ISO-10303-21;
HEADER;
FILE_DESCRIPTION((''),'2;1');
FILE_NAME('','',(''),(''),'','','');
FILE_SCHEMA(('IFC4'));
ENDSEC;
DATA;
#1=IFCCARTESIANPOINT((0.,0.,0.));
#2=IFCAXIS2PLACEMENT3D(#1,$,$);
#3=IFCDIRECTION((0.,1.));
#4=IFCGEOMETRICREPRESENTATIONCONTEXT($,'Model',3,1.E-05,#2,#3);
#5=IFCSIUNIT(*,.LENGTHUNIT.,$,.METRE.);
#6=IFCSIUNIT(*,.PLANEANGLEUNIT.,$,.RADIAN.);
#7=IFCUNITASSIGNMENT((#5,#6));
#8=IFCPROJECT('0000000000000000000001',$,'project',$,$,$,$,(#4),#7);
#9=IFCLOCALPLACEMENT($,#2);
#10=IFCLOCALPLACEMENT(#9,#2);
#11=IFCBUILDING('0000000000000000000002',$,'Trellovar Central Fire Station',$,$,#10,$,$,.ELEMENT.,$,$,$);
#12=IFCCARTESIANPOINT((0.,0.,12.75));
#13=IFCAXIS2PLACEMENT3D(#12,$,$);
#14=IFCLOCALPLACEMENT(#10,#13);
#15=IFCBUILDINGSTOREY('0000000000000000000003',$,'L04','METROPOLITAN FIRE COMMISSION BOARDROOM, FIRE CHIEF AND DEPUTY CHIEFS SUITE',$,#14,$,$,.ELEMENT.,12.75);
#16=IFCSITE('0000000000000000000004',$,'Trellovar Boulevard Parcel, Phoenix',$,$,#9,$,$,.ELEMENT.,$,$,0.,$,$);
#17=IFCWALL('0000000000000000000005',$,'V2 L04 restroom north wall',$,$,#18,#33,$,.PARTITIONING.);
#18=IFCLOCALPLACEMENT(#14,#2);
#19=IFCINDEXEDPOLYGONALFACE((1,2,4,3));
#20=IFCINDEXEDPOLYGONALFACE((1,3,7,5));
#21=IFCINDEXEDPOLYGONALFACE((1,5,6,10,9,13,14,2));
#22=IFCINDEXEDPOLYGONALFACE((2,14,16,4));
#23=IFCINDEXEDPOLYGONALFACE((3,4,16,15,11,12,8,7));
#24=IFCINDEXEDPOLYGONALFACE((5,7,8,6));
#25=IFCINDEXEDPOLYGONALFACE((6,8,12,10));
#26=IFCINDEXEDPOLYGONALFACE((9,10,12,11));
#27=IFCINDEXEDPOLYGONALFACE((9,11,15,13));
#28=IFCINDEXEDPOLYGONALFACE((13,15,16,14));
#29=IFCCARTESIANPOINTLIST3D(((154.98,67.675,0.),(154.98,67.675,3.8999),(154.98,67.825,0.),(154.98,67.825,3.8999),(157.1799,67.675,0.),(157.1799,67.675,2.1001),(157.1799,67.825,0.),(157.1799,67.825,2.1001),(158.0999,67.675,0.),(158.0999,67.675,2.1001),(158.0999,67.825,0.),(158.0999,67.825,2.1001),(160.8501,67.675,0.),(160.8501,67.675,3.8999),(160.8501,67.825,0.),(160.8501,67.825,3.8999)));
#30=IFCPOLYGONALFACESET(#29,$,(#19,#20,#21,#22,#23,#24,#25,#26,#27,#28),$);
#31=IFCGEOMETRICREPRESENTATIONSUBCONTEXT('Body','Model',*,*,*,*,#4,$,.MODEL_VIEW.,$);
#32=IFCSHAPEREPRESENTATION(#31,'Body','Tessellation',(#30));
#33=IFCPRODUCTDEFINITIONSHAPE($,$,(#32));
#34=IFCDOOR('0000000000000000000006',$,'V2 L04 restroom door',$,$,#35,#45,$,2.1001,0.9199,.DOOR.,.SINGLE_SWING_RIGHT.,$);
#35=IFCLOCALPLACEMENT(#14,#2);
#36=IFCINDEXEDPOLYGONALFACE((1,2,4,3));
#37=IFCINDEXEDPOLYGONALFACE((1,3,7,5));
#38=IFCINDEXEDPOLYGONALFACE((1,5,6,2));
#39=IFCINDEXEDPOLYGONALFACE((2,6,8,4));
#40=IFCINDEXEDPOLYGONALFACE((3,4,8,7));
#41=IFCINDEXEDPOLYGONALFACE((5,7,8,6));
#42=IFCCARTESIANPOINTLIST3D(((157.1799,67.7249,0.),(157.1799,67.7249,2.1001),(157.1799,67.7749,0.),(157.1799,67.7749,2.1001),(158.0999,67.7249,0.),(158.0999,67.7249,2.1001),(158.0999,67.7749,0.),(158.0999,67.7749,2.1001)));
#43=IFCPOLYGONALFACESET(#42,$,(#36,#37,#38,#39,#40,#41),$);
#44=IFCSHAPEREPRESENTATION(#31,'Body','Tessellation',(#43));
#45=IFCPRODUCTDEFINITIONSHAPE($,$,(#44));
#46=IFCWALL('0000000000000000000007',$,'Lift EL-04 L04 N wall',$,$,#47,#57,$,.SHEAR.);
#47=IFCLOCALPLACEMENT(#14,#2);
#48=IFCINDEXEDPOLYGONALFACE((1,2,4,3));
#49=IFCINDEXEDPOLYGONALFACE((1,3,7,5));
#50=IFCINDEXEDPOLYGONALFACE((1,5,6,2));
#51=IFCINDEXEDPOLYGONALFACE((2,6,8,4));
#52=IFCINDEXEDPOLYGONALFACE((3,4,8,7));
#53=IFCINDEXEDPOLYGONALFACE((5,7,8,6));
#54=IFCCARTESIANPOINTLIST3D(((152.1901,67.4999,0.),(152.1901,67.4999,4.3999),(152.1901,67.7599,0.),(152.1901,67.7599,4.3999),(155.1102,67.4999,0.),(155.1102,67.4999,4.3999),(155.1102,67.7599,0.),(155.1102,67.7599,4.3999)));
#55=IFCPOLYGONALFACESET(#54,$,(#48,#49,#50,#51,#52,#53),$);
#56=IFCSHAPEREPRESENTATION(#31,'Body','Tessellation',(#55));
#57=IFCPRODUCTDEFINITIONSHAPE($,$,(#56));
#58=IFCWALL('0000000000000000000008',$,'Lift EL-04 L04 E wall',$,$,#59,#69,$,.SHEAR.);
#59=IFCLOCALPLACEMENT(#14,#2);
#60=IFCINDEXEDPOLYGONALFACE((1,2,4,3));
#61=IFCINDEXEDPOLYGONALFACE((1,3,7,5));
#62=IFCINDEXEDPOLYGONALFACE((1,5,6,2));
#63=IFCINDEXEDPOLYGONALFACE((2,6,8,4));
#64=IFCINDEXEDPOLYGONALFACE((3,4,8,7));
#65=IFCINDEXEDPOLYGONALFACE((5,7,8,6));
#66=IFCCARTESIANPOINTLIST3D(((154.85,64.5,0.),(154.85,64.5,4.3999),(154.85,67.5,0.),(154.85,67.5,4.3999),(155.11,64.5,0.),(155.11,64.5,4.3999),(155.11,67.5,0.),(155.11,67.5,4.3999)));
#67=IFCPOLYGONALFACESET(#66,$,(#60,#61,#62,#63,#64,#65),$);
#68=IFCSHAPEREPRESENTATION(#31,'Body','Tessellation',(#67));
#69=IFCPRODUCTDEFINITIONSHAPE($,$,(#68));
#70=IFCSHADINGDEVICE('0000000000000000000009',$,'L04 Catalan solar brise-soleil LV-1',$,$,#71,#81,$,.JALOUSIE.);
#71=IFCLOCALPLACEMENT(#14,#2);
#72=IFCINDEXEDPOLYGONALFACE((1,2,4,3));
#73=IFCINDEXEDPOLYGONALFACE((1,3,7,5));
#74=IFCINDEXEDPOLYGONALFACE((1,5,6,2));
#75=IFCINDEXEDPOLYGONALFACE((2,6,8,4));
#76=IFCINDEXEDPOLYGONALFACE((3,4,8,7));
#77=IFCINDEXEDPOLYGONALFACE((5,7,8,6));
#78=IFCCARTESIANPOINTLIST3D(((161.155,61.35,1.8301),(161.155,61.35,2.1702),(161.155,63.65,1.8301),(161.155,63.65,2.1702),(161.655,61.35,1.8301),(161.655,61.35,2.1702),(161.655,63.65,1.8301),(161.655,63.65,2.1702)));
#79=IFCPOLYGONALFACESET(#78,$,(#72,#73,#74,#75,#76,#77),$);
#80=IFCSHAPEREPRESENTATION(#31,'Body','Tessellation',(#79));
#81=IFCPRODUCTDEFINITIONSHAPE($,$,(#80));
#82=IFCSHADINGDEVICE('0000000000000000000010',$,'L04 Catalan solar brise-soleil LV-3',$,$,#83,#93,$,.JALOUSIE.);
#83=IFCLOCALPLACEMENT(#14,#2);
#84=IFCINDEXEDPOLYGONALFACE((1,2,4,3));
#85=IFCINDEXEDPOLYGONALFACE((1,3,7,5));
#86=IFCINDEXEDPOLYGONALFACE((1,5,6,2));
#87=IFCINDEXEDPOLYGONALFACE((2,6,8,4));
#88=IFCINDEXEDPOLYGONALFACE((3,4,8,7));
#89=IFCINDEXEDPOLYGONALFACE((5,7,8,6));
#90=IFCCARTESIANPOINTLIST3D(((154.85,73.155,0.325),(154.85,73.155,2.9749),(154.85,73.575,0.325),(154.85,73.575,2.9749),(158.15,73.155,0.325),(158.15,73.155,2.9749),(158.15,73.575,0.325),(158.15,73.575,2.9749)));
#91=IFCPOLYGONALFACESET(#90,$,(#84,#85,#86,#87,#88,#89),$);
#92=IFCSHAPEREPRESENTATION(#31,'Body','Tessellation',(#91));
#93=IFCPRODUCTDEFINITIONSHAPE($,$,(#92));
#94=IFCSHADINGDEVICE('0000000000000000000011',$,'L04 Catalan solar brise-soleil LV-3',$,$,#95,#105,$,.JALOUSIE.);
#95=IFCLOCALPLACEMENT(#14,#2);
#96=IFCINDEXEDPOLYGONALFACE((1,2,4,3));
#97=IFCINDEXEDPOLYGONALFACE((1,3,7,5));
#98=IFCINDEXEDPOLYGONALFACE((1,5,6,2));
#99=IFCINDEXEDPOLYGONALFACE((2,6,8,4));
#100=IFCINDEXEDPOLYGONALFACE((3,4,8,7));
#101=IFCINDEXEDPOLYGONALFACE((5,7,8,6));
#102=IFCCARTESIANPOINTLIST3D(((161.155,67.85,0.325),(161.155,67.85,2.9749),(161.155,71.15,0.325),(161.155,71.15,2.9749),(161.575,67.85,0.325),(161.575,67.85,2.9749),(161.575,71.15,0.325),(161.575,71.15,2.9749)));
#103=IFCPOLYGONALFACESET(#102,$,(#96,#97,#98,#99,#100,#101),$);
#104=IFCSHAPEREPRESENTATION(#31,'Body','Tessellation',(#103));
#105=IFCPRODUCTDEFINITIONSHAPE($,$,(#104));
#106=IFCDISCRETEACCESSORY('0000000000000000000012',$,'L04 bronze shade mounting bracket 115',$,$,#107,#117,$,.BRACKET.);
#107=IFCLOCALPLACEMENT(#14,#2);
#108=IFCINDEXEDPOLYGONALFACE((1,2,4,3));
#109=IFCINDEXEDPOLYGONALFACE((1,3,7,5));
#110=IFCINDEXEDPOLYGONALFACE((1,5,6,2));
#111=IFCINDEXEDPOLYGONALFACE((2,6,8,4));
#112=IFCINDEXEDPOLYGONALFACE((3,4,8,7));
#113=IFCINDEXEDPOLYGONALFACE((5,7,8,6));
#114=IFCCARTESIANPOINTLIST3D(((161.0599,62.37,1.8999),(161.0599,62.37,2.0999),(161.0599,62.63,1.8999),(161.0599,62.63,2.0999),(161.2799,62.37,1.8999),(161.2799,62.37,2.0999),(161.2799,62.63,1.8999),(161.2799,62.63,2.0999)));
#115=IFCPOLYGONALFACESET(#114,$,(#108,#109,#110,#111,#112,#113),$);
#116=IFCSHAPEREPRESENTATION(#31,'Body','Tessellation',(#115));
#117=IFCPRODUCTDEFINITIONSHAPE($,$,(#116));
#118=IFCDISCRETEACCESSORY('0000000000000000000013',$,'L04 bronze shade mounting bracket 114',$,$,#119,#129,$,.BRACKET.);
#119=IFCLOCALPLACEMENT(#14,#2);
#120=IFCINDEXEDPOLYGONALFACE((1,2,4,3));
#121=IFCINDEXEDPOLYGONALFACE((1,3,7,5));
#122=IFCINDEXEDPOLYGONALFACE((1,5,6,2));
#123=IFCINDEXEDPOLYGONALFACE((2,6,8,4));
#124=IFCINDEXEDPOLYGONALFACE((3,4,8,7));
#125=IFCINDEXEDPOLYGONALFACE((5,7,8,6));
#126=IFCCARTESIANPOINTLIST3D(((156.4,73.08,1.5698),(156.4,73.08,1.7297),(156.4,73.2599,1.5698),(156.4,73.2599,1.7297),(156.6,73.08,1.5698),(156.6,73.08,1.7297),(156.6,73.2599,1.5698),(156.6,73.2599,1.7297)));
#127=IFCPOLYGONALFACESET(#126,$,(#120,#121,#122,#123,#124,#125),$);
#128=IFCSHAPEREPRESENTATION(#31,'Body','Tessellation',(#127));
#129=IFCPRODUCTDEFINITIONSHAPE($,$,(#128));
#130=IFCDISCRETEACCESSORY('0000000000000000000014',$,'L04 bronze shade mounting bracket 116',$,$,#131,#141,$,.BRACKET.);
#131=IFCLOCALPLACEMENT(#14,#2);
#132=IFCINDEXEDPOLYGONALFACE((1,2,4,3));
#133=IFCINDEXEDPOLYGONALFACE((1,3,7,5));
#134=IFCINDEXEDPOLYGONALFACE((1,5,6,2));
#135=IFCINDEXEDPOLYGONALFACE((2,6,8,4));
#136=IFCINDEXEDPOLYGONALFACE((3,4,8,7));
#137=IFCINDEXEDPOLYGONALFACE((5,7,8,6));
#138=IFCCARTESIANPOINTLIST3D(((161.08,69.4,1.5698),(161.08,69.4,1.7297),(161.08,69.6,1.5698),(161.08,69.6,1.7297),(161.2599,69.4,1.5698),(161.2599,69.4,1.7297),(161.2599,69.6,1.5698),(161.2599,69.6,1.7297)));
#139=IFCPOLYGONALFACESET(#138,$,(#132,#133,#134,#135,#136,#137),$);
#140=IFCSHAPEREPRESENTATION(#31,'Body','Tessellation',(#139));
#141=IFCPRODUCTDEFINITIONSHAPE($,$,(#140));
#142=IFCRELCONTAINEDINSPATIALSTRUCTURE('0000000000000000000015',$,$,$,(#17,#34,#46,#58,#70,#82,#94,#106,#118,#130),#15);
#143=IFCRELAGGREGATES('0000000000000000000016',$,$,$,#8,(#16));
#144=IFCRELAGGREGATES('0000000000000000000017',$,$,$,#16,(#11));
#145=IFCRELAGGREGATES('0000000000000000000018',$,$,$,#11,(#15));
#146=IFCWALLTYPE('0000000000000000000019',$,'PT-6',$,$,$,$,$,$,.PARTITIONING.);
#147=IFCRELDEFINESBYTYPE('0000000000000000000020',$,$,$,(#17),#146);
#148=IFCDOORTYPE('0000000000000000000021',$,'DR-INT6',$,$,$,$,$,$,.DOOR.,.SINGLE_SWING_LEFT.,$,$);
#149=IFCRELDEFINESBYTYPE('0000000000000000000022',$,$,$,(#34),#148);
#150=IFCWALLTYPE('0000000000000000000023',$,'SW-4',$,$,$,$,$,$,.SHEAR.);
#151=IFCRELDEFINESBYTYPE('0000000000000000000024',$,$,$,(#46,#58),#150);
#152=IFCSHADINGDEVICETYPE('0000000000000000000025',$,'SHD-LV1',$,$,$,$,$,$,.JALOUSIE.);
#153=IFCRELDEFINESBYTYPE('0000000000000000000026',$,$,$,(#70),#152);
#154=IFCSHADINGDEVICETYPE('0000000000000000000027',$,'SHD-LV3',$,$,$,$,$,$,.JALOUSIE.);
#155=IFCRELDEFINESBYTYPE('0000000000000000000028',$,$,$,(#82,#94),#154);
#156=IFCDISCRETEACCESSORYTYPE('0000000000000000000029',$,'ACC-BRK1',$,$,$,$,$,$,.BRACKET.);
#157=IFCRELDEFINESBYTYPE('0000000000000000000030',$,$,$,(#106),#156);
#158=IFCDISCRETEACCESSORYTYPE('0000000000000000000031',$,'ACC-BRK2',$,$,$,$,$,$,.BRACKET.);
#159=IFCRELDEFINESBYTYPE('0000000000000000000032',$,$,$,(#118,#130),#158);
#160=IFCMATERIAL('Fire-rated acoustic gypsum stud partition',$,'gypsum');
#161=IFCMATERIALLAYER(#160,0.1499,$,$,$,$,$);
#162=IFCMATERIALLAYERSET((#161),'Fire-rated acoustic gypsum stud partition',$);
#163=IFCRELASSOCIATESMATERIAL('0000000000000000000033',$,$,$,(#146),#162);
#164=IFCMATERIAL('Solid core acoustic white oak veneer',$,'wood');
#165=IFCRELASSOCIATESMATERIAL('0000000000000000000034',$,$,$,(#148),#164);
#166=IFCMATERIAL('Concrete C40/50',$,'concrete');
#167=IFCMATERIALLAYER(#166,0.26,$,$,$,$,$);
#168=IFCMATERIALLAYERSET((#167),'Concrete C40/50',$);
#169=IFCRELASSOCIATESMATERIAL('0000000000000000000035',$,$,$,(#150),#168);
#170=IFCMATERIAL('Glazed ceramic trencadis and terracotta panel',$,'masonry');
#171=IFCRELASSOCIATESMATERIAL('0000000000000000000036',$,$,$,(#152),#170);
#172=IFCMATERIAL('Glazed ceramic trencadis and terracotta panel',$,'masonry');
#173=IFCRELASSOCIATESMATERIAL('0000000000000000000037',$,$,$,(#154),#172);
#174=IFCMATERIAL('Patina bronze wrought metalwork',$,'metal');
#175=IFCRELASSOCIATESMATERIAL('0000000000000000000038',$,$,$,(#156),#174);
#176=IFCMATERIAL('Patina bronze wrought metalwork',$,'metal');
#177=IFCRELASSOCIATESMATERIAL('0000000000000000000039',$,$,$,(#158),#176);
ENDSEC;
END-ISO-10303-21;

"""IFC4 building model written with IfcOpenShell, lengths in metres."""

from ifc_helpers import new_model, si_unit, direction, frame, frame_2d, origin, origin_2d, place, context, subcontext, project, spatial, rectangle, extrude, material, layer, layer_set, type_object, element, fill, save


model = new_model("IFC4")

# Units and contexts
model_context = context("Model", 3, precision=1e-05, world=origin(), true_north=direction((0.0, 1.0)))
body_context = subcontext(model_context, "Body", "Model", "MODEL_VIEW")
ifc_project = project(units=[si_unit("LENGTHUNIT", "METRE"), si_unit("PLANEANGLEUNIT", "RADIAN")], contexts=[model_context])

# Site, building, storey
site_placement = place(None, origin())
site = spatial("IfcSite", under=ifc_project, at=site_placement, Name="Trellovar Boulevard Parcel, Phoenix", CompositionType="ELEMENT", RefElevation=0.0)
building_placement = place(site_placement, origin())
building = spatial("IfcBuilding", under=site, at=building_placement, Name="Trellovar Central Fire Station", CompositionType="ELEMENT")
storey_placement = place(building_placement, frame((0.0, 0.0, 12.75)))
storey = spatial("IfcBuildingStorey", under=building, at=storey_placement, Name="L04", Description="METROPOLITAN FIRE COMMISSION BOARDROOM, FIRE CHIEF AND DEPUTY CHIEFS SUITE", CompositionType="ELEMENT", Elevation=12.75)

# Shared definitions
ifc_material_1 = material(Name="Fire-rated acoustic gypsum stud partition", Category="gypsum")
ifc_layer_1 = layer(ifc_material_1, 0.1499)
ifc_layer_set_1 = layer_set([ifc_layer_1], Name="Fire-rated acoustic gypsum stud partition")
wall_type_1 = type_object("IfcWallType", Name="PT-6", PredefinedType="PARTITIONING", material=ifc_layer_set_1)

# Wall, opening, door
wall_1_placement = place(storey_placement, frame((154.98, 67.75, 0.0), z_axis=(0.0, 0.0, 1.0), x_axis=(1.0, 0.0, 0.0)))
wall_1 = element("IfcWall", 1, at=wall_1_placement, inside=storey, type_object=wall_type_1, Name="V2 L04 restroom north wall", PredefinedType="PARTITIONING", context=body_context, shape_type="SweptSolid", body=[
    extrude(rectangle(XDim=5.8701, YDim=0.1499, at=frame_2d((2.9351, 0.0))), origin(), (0.0, 0.0, 1.0), 3.8999),
])
opening_1_placement = place(wall_1_placement, frame((2.2, 0.0, 0.0)))
opening_1 = element("IfcOpeningElement", 2, at=opening_1_placement, cuts=wall_1, PredefinedType="OPENING", context=body_context, shape_type="SweptSolid", body=[
    extrude(rectangle(XDim=0.9199, YDim=2.1001, at=frame_2d((0.46, 1.05))), frame((0.0, 0.085, 0.0), z_axis=(0.0, -1.0, 0.0), x_axis=(1.0, 0.0, 0.0)), (0.0, 0.0, 1.0), 0.1699),
])
ifc_material_2 = material(Name="Solid core acoustic white oak veneer", Category="wood")
door_type_1 = type_object("IfcDoorType", Name="DR-INT6", OperationType="SINGLE_SWING_LEFT", PredefinedType="DOOR", material=ifc_material_2)
door_1_placement = place(opening_1_placement, origin())
door_1 = element("IfcDoor", 3, at=door_1_placement, inside=storey, type_object=door_type_1, Name="V2 L04 restroom door", OperationType="SINGLE_SWING_RIGHT", OverallHeight=2.1001, OverallWidth=0.9199, PredefinedType="DOOR", context=body_context, shape_type="SweptSolid", body=[
    extrude(rectangle(XDim=0.9199, YDim=2.1001, at=frame_2d((0.46, 1.05))), frame((0.0, 0.0249, 0.0), z_axis=(0.0, -1.0, 0.0), x_axis=(1.0, 0.0, 0.0)), (0.0, 0.0, 1.0), 0.05),
])
fill(opening_1, door_1)

# Walls
ifc_material_3 = material(Name="Concrete C40/50", Category="concrete")
ifc_layer_2 = layer(ifc_material_3, 0.26)
ifc_layer_set_2 = layer_set([ifc_layer_2], Name="Concrete C40/50")
wall_type_2 = type_object("IfcWallType", Name="SW-4", PredefinedType="SHEAR", material=ifc_layer_set_2)
wall_2_placement = place(storey_placement, frame((155.1101, 67.6299, 0.0), z_axis=(0.0, 0.0, 1.0), x_axis=(-1.0, 0.0, 0.0)))
element("IfcWall", 4, at=wall_2_placement, inside=storey, type_object=wall_type_2, Name="Lift EL-04 L04 N wall", PredefinedType="SHEAR", context=body_context, shape_type="SweptSolid", body=[
    extrude(rectangle(XDim=2.9202, YDim=0.26, at=frame_2d((1.46, 0.0))), origin(), (0.0, 0.0, 1.0), 4.3999),
])
wall_3_placement = place(storey_placement, frame((154.98, 64.5, 0.0), z_axis=(0.0, 0.0, 1.0), x_axis=(0.0, 1.0, 0.0)))
element("IfcWall", 5, at=wall_3_placement, inside=storey, type_object=wall_type_2, Name="Lift EL-04 L04 E wall", PredefinedType="SHEAR", context=body_context, shape_type="SweptSolid", body=[
    extrude(rectangle(XDim=3.0, YDim=0.26, at=frame_2d((1.5, 0.0))), origin(), (0.0, 0.0, 1.0), 4.3999),
])

# Shading devices
ifc_material_4 = material(Name="Glazed ceramic trencadis and terracotta panel", Category="masonry")
shading_device_type_1 = type_object("IfcShadingDeviceType", Name="SHD-LV1", PredefinedType="JALOUSIE", material=ifc_material_4)
shading_device_placement = place(storey_placement, frame((161.405, 62.5, 1.8301), z_axis=(0.0, 0.0, 1.0), x_axis=(0.0, 1.0, 0.0)))
element("IfcShadingDevice", 6, at=shading_device_placement, inside=storey, type_object=shading_device_type_1, Name="L04 Catalan solar brise-soleil LV-1", PredefinedType="JALOUSIE", context=body_context, shape_type="SweptSolid", body=[
    extrude(rectangle(XDim=2.3, YDim=0.5, at=origin_2d()), origin(), (0.0, 0.0, 1.0), 0.3401),
])
ifc_material_5 = material(Name="Glazed ceramic trencadis and terracotta panel", Category="masonry")
shading_device_type_2 = type_object("IfcShadingDeviceType", Name="SHD-LV3", PredefinedType="JALOUSIE", material=ifc_material_5)
for number, where, z_axis, x_axis, name in (
    (7, (156.5, 73.365, 0.325), (0.0, 0.0, 1.0), (1.0, 0.0, 0.0), "L04 Catalan solar brise-soleil LV-3"),
    (8, (161.365, 69.5, 0.325), (0.0, 0.0, 1.0), (0.0, 1.0, 0.0), "L04 Catalan solar brise-soleil LV-3"),
):
    element("IfcShadingDevice", number, at=place(storey_placement, frame(where, z_axis=z_axis, x_axis=x_axis)), inside=storey, type_object=shading_device_type_2, Name=name, PredefinedType="JALOUSIE", context=body_context, shape_type="SweptSolid", body=[
        extrude(rectangle(XDim=3.3, YDim=0.4199, at=origin_2d()), origin(), (0.0, 0.0, 1.0), 2.6499),
    ])

# Discrete accessories
ifc_material_6 = material(Name="Patina bronze wrought metalwork", Category="metal")
discrete_accessory_type_1 = type_object("IfcDiscreteAccessoryType", Name="ACC-BRK1", PredefinedType="BRACKET", material=ifc_material_6)
discrete_accessory_placement = place(storey_placement, frame((161.1699, 62.5, 1.8999), z_axis=(0.0, 0.0, 1.0), x_axis=(0.0, 1.0, 0.0)))
element("IfcDiscreteAccessory", 9, at=discrete_accessory_placement, inside=storey, type_object=discrete_accessory_type_1, Name="L04 bronze shade mounting bracket 115", PredefinedType="BRACKET", context=body_context, shape_type="SweptSolid", body=[
    extrude(rectangle(XDim=0.26, YDim=0.22, at=origin_2d()), origin(), (0.0, 0.0, 1.0), 0.2),
])
ifc_material_7 = material(Name="Patina bronze wrought metalwork", Category="metal")
discrete_accessory_type_2 = type_object("IfcDiscreteAccessoryType", Name="ACC-BRK2", PredefinedType="BRACKET", material=ifc_material_7)
for number, where, z_axis, x_axis, name in (
    (10, (156.5, 73.1699, 1.5698), (0.0, 0.0, 1.0), (1.0, 0.0, 0.0), "L04 bronze shade mounting bracket 114"),
    (11, (161.1699, 69.5, 1.5698), (0.0, 0.0, 1.0), (0.0, 1.0, 0.0), "L04 bronze shade mounting bracket 116"),
):
    element("IfcDiscreteAccessory", number, at=place(storey_placement, frame(where, z_axis=z_axis, x_axis=x_axis)), inside=storey, type_object=discrete_accessory_type_2, Name=name, PredefinedType="BRACKET", context=body_context, shape_type="SweptSolid", body=[
        extrude(rectangle(XDim=0.2, YDim=0.1799, at=origin_2d()), origin(), (0.0, 0.0, 1.0), 0.1599),
    ])

save(model, "model.ifc")
